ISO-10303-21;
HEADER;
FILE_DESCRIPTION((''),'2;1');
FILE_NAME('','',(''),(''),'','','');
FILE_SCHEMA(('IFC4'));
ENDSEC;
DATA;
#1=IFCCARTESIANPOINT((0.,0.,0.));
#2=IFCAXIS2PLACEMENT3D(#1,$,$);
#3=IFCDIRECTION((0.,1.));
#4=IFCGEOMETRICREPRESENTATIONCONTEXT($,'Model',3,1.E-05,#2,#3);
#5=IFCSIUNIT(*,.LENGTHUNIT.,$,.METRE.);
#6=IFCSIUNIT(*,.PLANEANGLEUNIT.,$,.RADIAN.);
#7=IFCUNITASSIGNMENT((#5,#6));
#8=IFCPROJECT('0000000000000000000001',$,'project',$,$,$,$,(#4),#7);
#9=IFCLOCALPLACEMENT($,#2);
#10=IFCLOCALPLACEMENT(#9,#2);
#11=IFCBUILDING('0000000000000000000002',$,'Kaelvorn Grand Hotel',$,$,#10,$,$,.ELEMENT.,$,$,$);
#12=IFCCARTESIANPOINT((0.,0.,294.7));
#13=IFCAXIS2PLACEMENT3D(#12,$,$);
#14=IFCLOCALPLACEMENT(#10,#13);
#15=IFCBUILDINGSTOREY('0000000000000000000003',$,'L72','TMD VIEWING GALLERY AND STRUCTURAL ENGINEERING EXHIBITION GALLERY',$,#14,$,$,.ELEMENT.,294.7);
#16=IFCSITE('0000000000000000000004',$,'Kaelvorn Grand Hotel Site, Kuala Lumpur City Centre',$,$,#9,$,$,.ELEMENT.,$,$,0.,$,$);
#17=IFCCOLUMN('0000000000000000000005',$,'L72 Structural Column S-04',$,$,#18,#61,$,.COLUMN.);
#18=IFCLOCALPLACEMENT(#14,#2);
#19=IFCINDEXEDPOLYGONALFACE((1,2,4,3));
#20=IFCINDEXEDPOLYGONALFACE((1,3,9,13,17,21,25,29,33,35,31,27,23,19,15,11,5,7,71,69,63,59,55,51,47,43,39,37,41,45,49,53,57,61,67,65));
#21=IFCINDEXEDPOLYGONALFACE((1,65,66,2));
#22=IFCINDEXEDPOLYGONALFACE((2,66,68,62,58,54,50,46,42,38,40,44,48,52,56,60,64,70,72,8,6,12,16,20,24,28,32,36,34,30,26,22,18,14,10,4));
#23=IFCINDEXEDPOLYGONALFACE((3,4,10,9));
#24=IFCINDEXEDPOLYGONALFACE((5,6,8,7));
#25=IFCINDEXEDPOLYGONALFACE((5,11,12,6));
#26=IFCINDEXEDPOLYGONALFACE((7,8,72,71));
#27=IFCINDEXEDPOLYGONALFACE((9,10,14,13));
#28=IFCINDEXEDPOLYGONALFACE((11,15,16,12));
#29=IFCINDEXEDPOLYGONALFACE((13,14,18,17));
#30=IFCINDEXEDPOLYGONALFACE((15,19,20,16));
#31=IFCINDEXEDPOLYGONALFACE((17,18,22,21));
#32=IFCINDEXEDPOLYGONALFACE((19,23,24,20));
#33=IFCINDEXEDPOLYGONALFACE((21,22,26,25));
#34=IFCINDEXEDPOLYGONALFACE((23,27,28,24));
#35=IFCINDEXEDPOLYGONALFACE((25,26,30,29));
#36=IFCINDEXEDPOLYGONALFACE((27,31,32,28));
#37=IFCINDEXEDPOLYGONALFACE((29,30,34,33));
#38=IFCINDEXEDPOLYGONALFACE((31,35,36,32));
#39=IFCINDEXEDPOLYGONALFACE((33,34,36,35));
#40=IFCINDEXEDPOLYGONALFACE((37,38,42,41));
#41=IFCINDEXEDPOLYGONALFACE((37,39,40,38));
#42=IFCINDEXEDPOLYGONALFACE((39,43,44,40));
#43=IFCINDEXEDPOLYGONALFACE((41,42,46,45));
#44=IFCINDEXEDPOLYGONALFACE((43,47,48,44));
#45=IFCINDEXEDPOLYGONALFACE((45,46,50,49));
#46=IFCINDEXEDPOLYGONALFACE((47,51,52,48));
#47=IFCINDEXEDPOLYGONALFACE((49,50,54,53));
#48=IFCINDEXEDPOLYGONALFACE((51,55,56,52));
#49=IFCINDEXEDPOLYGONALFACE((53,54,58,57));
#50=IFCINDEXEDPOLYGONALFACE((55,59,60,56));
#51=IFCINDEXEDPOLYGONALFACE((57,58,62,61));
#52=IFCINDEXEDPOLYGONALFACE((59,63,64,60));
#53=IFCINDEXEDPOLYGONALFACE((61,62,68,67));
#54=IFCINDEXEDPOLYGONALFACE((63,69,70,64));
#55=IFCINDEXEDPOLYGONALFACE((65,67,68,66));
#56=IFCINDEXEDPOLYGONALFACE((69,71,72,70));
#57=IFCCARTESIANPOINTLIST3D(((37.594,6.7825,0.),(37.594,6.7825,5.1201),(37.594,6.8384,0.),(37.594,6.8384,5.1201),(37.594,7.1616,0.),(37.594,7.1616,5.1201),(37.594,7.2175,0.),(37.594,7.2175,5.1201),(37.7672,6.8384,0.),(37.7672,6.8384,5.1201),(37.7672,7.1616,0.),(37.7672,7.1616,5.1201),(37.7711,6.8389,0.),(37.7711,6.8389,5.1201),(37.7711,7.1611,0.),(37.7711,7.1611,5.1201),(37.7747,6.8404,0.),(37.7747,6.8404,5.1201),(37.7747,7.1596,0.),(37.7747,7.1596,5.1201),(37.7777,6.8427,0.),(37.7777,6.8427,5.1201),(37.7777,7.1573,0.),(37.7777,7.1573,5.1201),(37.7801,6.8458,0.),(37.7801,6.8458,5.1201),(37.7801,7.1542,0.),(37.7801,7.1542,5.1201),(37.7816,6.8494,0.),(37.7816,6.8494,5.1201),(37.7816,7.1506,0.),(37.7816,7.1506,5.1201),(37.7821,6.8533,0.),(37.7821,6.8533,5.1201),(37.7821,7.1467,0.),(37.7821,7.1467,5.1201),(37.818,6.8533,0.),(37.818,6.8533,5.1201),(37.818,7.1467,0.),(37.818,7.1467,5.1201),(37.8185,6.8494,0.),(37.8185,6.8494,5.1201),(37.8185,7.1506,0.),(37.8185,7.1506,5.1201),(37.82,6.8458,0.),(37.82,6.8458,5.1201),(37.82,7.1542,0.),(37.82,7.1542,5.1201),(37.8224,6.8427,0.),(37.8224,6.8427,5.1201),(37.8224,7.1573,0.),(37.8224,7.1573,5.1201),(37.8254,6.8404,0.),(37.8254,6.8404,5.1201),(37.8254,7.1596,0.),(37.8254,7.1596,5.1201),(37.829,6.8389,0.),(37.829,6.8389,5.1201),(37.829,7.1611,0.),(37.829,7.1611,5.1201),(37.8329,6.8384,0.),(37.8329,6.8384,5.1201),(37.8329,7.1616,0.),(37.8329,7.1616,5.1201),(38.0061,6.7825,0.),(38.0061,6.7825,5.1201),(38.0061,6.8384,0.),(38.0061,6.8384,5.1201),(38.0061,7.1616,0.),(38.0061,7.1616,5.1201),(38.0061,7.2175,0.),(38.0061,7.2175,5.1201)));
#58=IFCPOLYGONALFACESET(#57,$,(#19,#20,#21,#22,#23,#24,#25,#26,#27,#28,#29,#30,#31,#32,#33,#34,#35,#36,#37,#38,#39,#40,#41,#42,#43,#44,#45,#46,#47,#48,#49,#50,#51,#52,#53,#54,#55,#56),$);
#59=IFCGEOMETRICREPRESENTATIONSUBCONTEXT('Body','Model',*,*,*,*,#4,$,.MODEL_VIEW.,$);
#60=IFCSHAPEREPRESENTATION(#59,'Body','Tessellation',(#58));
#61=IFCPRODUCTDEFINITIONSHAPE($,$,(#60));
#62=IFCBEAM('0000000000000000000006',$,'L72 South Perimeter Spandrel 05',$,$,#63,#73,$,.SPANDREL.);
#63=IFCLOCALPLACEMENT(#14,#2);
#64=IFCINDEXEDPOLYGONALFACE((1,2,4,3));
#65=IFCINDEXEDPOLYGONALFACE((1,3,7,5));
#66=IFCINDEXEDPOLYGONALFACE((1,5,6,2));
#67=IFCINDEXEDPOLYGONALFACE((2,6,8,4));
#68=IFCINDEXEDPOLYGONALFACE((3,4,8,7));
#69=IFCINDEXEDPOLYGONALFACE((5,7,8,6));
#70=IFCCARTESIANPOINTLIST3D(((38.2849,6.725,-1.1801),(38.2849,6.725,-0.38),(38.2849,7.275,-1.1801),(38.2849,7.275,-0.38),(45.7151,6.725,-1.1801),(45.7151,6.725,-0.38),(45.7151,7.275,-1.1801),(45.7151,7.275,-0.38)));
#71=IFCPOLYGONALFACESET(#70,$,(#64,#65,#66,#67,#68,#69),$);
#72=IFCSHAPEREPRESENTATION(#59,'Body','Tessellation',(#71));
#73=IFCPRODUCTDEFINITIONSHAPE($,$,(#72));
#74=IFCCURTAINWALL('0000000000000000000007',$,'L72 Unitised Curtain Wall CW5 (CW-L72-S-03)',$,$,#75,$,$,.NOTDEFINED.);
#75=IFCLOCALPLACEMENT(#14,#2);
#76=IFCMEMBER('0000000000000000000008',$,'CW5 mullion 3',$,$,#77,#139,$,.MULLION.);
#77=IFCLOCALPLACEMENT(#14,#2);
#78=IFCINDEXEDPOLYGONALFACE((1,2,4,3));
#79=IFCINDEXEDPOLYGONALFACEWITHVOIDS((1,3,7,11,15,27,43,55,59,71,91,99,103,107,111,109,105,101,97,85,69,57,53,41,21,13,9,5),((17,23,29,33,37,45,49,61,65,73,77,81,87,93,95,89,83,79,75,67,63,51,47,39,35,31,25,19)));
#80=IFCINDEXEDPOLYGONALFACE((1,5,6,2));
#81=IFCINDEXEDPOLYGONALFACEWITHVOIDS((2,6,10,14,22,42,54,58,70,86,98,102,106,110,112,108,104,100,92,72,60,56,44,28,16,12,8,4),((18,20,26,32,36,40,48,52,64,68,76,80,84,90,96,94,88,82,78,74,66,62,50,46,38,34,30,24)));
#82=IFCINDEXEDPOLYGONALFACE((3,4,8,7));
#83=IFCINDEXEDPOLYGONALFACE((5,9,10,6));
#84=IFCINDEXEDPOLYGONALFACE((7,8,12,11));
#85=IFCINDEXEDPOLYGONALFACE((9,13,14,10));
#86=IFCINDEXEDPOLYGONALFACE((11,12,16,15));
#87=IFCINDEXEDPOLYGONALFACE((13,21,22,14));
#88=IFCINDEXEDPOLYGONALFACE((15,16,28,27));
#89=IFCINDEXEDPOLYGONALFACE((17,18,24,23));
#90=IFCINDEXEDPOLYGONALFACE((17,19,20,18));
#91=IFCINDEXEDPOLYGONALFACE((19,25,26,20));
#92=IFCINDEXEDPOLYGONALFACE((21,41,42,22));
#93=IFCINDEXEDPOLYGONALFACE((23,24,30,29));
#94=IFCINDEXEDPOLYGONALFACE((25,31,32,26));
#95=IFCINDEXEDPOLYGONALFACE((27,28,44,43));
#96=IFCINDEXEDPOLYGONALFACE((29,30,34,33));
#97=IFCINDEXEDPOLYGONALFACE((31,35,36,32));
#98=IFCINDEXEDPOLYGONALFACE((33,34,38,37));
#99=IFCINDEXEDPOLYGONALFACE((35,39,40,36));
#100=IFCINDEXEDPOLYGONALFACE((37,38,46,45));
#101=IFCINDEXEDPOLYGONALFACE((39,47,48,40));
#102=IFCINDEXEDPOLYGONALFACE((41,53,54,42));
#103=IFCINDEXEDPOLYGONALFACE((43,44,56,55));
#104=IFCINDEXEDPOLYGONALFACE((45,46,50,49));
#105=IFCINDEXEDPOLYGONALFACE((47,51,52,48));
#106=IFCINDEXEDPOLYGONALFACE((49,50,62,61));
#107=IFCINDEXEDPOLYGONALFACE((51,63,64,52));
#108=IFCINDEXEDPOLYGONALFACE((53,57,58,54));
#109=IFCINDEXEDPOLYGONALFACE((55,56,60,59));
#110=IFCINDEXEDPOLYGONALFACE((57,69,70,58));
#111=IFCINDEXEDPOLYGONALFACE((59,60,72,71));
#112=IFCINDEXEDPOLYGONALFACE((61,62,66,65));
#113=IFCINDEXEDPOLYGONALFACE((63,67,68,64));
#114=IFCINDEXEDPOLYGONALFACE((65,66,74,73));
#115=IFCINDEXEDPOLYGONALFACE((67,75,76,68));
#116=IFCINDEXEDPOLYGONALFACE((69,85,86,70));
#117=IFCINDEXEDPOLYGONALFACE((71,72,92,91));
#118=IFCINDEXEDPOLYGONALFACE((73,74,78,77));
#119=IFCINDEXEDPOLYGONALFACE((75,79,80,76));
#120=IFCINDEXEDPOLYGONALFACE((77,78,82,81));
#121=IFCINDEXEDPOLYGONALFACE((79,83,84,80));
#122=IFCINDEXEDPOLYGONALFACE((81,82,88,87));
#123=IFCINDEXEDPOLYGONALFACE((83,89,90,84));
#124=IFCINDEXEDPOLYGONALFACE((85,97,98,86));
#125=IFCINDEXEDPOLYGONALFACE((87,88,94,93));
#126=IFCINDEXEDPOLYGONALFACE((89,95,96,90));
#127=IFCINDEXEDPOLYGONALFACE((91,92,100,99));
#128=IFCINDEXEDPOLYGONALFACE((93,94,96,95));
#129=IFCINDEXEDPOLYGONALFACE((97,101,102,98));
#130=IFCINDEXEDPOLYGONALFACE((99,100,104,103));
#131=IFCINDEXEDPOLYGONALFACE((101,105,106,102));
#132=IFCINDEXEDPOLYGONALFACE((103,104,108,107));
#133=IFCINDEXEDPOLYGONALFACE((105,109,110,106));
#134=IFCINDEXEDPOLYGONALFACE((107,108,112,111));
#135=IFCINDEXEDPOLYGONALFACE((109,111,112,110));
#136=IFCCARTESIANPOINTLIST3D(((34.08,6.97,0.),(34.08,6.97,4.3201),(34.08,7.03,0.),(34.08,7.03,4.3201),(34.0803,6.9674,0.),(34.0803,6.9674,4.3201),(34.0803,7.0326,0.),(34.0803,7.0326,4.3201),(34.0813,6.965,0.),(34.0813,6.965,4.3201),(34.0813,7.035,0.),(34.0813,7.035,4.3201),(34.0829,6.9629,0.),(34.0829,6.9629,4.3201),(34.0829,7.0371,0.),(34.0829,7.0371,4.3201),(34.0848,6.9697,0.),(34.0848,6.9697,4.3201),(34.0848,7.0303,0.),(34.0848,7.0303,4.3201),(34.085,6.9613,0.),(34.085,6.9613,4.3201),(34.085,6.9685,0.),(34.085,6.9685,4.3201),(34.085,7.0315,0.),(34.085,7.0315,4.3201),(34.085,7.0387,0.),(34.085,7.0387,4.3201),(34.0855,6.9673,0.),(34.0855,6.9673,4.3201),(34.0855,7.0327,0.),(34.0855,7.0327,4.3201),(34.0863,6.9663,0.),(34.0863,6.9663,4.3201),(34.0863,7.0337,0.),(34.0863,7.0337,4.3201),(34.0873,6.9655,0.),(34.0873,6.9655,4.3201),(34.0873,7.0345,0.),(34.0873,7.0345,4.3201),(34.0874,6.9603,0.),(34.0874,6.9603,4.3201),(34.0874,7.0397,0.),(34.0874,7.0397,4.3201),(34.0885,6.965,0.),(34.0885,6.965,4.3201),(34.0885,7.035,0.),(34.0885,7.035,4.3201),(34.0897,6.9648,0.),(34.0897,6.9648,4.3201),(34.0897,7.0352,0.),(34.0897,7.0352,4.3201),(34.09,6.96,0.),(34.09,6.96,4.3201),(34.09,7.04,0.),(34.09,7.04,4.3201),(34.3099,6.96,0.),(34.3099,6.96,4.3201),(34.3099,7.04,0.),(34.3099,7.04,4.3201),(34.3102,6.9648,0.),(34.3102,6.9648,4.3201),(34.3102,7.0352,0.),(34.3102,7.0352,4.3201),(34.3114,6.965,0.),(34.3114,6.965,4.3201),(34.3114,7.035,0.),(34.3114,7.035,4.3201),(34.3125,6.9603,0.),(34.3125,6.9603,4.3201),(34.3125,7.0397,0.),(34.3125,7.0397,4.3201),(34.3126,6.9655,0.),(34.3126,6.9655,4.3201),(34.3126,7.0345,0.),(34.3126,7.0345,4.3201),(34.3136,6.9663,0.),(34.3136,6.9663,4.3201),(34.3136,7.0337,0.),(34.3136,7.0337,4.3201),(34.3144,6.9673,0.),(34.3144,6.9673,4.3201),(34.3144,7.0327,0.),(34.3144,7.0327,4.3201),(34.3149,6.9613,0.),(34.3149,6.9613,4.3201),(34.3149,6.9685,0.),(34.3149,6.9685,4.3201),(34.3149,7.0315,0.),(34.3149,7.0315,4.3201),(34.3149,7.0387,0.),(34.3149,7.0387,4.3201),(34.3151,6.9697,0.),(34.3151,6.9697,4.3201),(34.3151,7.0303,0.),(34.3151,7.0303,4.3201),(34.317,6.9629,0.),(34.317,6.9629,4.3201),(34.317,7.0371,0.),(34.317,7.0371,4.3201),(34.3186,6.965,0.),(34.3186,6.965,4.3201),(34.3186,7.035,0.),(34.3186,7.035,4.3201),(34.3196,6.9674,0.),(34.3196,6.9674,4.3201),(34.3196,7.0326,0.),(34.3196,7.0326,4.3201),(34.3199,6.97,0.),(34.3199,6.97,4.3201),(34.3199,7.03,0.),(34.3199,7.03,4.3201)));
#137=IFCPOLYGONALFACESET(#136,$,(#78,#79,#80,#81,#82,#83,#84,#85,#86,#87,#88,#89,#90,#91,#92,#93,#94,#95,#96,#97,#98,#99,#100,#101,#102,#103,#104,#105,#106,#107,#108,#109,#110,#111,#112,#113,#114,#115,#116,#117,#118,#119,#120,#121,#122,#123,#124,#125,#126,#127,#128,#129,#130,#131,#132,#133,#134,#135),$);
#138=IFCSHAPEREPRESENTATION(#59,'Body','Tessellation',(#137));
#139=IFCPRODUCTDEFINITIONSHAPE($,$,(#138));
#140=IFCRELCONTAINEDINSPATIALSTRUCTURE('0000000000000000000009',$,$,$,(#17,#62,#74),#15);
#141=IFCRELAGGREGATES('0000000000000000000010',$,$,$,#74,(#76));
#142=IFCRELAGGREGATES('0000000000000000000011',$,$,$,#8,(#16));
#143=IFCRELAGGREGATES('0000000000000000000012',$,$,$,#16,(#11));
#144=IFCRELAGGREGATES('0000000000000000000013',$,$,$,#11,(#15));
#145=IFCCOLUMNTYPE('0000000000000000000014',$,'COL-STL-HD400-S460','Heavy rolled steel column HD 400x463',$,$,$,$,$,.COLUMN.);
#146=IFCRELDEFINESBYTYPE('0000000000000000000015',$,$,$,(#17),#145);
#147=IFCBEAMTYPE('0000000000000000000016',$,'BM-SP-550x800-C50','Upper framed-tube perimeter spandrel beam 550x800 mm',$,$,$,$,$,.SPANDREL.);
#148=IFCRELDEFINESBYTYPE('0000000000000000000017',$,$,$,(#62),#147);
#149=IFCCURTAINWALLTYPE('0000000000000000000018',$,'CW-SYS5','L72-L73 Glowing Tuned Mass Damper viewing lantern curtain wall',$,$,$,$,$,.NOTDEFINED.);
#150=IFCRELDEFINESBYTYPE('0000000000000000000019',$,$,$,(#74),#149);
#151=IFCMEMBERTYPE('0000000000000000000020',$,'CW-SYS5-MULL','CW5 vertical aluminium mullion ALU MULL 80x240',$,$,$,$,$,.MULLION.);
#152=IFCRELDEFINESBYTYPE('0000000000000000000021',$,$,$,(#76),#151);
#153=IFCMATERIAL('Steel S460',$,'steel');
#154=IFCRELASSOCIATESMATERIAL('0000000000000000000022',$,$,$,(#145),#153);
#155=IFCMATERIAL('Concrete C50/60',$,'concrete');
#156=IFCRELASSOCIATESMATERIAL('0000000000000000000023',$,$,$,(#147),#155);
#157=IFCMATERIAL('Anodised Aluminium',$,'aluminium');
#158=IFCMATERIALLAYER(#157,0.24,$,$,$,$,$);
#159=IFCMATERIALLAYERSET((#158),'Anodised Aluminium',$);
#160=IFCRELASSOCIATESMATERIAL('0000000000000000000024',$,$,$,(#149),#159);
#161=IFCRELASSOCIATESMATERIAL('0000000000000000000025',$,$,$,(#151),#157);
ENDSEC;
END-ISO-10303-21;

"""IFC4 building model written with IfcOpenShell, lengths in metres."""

from ifc_helpers import new_model, si_unit, direction, frame, origin, origin_2d, place, context, subcontext, project, spatial, rectangle, hollow_rectangle, i_section, extrude, material, layer, layer_set, material_profile, profile_set, type_object, element, aggregate, save


model = new_model("IFC4")

# Units and contexts
model_context = context("Model", 3, precision=1e-05, world=origin(), true_north=direction((0.0, 1.0)))
body_context = subcontext(model_context, "Body", "Model", "MODEL_VIEW")
ifc_project = project(units=[si_unit("LENGTHUNIT", "METRE"), si_unit("PLANEANGLEUNIT", "RADIAN")], contexts=[model_context])

# Site, building, storey
site_placement = place(None, origin())
site = spatial("IfcSite", under=ifc_project, at=site_placement, Name="Kaelvorn Grand Hotel Site, Kuala Lumpur City Centre", CompositionType="ELEMENT", RefElevation=0.0)
building_placement = place(site_placement, origin())
building = spatial("IfcBuilding", under=site, at=building_placement, Name="Kaelvorn Grand Hotel", CompositionType="ELEMENT")
storey_placement = place(building_placement, frame((0.0, 0.0, 294.7)))
storey = spatial("IfcBuildingStorey", under=building, at=storey_placement, Name="L72", Description="TMD VIEWING GALLERY AND STRUCTURAL ENGINEERING EXHIBITION GALLERY", CompositionType="ELEMENT", Elevation=294.7)

# Column
ifc_material_1 = material(Name="Steel S460", Category="steel")
ifc_material_profile_1 = material_profile(ifc_material_1, i_section(OverallWidth=0.4121, OverallDepth=0.4351, WebThickness=0.0359, FlangeThickness=0.0559, FilletRadius=0.0149, at=origin_2d()), Name="HD 400x463")
ifc_profile_set_1 = profile_set([ifc_material_profile_1], Name="Steel S460")
column_type = type_object("IfcColumnType", Name="COL-STL-HD400-S460", Description="Heavy rolled steel column HD 400x463", PredefinedType="COLUMN", material=ifc_profile_set_1)
column_placement = place(storey_placement, frame((37.8, 7.0, 0.0), z_axis=(0.0, 0.0, 1.0), x_axis=(1.0, 0.0, 0.0)))
element("IfcColumn", 1, at=column_placement, inside=storey, type_object=column_type, Name="L72 Structural Column S-04", PredefinedType="COLUMN", context=body_context, shape_type="SweptSolid", body=[
    extrude(i_section(OverallWidth=0.4121, OverallDepth=0.4351, WebThickness=0.0359, FlangeThickness=0.0559, FilletRadius=0.0149, at=origin_2d()), origin(), (0.0, 0.0, 1.0), 5.1201),
])

# Beam
ifc_material_2 = material(Name="Concrete C50/60", Category="concrete")
ifc_material_profile_2 = material_profile(ifc_material_2, rectangle(XDim=0.55, YDim=0.8, at=origin_2d()), Name="RC SPANDREL 550x800")
ifc_profile_set_2 = profile_set([ifc_material_profile_2], Name="Concrete C50/60")
beam_type = type_object("IfcBeamType", Name="BM-SP-550x800-C50", Description="Upper framed-tube perimeter spandrel beam 550x800 mm", PredefinedType="SPANDREL", material=ifc_profile_set_2)
beam_placement = place(storey_placement, frame((38.2849, 7.0, -0.78), z_axis=(1.0, 0.0, 0.0), x_axis=(0.0, 1.0, 0.0)))
element("IfcBeam", 2, at=beam_placement, inside=storey, type_object=beam_type, Name="L72 South Perimeter Spandrel 05", PredefinedType="SPANDREL", context=body_context, shape_type="SweptSolid", body=[
    extrude(rectangle(XDim=0.55, YDim=0.8, at=origin_2d()), origin(), (0.0, 0.0, 1.0), 7.4302),
])

# Curtain wall, member
ifc_material_3 = material(Name="Anodised Aluminium", Category="aluminium")
ifc_layer_1 = layer(ifc_material_3, 0.24)
ifc_layer_set_1 = layer_set([ifc_layer_1], Name="Anodised Aluminium")
curtain_wall_type = type_object("IfcCurtainWallType", Name="CW-SYS5", Description="L72-L73 Glowing Tuned Mass Damper viewing lantern curtain wall", PredefinedType="NOTDEFINED", material=ifc_layer_set_1)
curtain_wall_1_placement = place(storey_placement, origin())
curtain_wall_1 = element("IfcCurtainWall", 3, at=curtain_wall_1_placement, inside=storey, type_object=curtain_wall_type, Name="L72 Unitised Curtain Wall CW5 (CW-L72-S-03)", PredefinedType="NOTDEFINED")
ifc_material_profile_3 = material_profile(ifc_material_3, hollow_rectangle(XDim=0.0801, YDim=0.24, WallThickness=0.0049, InnerFilletRadius=0.0049, OuterFilletRadius=0.01, at=origin_2d()), Name="ALU MULL 80x240")
ifc_profile_set_3 = profile_set([ifc_material_profile_3], Name="Anodised Aluminium")
member_type_1 = type_object("IfcMemberType", Name="CW-SYS5-MULL", Description="CW5 vertical aluminium mullion ALU MULL 80x240", PredefinedType="MULLION", material=ifc_profile_set_3)
member_1_placement = place(storey_placement, frame((34.2, 7.0, 0.0), z_axis=(0.0, 0.0, 1.0), x_axis=(0.0, 1.0, 0.0)))
member_1 = element("IfcMember", 4, at=member_1_placement, type_object=member_type_1, Name="CW5 mullion 3", PredefinedType="MULLION", context=body_context, shape_type="SweptSolid", body=[
    extrude(hollow_rectangle(XDim=0.0801, YDim=0.24, WallThickness=0.0049, InnerFilletRadius=0.0049, OuterFilletRadius=0.01, at=origin_2d()), origin(), (0.0, 0.0, 1.0), 4.3201),
])

aggregate(curtain_wall_1, [member_1])

save(model, "model.ifc")
